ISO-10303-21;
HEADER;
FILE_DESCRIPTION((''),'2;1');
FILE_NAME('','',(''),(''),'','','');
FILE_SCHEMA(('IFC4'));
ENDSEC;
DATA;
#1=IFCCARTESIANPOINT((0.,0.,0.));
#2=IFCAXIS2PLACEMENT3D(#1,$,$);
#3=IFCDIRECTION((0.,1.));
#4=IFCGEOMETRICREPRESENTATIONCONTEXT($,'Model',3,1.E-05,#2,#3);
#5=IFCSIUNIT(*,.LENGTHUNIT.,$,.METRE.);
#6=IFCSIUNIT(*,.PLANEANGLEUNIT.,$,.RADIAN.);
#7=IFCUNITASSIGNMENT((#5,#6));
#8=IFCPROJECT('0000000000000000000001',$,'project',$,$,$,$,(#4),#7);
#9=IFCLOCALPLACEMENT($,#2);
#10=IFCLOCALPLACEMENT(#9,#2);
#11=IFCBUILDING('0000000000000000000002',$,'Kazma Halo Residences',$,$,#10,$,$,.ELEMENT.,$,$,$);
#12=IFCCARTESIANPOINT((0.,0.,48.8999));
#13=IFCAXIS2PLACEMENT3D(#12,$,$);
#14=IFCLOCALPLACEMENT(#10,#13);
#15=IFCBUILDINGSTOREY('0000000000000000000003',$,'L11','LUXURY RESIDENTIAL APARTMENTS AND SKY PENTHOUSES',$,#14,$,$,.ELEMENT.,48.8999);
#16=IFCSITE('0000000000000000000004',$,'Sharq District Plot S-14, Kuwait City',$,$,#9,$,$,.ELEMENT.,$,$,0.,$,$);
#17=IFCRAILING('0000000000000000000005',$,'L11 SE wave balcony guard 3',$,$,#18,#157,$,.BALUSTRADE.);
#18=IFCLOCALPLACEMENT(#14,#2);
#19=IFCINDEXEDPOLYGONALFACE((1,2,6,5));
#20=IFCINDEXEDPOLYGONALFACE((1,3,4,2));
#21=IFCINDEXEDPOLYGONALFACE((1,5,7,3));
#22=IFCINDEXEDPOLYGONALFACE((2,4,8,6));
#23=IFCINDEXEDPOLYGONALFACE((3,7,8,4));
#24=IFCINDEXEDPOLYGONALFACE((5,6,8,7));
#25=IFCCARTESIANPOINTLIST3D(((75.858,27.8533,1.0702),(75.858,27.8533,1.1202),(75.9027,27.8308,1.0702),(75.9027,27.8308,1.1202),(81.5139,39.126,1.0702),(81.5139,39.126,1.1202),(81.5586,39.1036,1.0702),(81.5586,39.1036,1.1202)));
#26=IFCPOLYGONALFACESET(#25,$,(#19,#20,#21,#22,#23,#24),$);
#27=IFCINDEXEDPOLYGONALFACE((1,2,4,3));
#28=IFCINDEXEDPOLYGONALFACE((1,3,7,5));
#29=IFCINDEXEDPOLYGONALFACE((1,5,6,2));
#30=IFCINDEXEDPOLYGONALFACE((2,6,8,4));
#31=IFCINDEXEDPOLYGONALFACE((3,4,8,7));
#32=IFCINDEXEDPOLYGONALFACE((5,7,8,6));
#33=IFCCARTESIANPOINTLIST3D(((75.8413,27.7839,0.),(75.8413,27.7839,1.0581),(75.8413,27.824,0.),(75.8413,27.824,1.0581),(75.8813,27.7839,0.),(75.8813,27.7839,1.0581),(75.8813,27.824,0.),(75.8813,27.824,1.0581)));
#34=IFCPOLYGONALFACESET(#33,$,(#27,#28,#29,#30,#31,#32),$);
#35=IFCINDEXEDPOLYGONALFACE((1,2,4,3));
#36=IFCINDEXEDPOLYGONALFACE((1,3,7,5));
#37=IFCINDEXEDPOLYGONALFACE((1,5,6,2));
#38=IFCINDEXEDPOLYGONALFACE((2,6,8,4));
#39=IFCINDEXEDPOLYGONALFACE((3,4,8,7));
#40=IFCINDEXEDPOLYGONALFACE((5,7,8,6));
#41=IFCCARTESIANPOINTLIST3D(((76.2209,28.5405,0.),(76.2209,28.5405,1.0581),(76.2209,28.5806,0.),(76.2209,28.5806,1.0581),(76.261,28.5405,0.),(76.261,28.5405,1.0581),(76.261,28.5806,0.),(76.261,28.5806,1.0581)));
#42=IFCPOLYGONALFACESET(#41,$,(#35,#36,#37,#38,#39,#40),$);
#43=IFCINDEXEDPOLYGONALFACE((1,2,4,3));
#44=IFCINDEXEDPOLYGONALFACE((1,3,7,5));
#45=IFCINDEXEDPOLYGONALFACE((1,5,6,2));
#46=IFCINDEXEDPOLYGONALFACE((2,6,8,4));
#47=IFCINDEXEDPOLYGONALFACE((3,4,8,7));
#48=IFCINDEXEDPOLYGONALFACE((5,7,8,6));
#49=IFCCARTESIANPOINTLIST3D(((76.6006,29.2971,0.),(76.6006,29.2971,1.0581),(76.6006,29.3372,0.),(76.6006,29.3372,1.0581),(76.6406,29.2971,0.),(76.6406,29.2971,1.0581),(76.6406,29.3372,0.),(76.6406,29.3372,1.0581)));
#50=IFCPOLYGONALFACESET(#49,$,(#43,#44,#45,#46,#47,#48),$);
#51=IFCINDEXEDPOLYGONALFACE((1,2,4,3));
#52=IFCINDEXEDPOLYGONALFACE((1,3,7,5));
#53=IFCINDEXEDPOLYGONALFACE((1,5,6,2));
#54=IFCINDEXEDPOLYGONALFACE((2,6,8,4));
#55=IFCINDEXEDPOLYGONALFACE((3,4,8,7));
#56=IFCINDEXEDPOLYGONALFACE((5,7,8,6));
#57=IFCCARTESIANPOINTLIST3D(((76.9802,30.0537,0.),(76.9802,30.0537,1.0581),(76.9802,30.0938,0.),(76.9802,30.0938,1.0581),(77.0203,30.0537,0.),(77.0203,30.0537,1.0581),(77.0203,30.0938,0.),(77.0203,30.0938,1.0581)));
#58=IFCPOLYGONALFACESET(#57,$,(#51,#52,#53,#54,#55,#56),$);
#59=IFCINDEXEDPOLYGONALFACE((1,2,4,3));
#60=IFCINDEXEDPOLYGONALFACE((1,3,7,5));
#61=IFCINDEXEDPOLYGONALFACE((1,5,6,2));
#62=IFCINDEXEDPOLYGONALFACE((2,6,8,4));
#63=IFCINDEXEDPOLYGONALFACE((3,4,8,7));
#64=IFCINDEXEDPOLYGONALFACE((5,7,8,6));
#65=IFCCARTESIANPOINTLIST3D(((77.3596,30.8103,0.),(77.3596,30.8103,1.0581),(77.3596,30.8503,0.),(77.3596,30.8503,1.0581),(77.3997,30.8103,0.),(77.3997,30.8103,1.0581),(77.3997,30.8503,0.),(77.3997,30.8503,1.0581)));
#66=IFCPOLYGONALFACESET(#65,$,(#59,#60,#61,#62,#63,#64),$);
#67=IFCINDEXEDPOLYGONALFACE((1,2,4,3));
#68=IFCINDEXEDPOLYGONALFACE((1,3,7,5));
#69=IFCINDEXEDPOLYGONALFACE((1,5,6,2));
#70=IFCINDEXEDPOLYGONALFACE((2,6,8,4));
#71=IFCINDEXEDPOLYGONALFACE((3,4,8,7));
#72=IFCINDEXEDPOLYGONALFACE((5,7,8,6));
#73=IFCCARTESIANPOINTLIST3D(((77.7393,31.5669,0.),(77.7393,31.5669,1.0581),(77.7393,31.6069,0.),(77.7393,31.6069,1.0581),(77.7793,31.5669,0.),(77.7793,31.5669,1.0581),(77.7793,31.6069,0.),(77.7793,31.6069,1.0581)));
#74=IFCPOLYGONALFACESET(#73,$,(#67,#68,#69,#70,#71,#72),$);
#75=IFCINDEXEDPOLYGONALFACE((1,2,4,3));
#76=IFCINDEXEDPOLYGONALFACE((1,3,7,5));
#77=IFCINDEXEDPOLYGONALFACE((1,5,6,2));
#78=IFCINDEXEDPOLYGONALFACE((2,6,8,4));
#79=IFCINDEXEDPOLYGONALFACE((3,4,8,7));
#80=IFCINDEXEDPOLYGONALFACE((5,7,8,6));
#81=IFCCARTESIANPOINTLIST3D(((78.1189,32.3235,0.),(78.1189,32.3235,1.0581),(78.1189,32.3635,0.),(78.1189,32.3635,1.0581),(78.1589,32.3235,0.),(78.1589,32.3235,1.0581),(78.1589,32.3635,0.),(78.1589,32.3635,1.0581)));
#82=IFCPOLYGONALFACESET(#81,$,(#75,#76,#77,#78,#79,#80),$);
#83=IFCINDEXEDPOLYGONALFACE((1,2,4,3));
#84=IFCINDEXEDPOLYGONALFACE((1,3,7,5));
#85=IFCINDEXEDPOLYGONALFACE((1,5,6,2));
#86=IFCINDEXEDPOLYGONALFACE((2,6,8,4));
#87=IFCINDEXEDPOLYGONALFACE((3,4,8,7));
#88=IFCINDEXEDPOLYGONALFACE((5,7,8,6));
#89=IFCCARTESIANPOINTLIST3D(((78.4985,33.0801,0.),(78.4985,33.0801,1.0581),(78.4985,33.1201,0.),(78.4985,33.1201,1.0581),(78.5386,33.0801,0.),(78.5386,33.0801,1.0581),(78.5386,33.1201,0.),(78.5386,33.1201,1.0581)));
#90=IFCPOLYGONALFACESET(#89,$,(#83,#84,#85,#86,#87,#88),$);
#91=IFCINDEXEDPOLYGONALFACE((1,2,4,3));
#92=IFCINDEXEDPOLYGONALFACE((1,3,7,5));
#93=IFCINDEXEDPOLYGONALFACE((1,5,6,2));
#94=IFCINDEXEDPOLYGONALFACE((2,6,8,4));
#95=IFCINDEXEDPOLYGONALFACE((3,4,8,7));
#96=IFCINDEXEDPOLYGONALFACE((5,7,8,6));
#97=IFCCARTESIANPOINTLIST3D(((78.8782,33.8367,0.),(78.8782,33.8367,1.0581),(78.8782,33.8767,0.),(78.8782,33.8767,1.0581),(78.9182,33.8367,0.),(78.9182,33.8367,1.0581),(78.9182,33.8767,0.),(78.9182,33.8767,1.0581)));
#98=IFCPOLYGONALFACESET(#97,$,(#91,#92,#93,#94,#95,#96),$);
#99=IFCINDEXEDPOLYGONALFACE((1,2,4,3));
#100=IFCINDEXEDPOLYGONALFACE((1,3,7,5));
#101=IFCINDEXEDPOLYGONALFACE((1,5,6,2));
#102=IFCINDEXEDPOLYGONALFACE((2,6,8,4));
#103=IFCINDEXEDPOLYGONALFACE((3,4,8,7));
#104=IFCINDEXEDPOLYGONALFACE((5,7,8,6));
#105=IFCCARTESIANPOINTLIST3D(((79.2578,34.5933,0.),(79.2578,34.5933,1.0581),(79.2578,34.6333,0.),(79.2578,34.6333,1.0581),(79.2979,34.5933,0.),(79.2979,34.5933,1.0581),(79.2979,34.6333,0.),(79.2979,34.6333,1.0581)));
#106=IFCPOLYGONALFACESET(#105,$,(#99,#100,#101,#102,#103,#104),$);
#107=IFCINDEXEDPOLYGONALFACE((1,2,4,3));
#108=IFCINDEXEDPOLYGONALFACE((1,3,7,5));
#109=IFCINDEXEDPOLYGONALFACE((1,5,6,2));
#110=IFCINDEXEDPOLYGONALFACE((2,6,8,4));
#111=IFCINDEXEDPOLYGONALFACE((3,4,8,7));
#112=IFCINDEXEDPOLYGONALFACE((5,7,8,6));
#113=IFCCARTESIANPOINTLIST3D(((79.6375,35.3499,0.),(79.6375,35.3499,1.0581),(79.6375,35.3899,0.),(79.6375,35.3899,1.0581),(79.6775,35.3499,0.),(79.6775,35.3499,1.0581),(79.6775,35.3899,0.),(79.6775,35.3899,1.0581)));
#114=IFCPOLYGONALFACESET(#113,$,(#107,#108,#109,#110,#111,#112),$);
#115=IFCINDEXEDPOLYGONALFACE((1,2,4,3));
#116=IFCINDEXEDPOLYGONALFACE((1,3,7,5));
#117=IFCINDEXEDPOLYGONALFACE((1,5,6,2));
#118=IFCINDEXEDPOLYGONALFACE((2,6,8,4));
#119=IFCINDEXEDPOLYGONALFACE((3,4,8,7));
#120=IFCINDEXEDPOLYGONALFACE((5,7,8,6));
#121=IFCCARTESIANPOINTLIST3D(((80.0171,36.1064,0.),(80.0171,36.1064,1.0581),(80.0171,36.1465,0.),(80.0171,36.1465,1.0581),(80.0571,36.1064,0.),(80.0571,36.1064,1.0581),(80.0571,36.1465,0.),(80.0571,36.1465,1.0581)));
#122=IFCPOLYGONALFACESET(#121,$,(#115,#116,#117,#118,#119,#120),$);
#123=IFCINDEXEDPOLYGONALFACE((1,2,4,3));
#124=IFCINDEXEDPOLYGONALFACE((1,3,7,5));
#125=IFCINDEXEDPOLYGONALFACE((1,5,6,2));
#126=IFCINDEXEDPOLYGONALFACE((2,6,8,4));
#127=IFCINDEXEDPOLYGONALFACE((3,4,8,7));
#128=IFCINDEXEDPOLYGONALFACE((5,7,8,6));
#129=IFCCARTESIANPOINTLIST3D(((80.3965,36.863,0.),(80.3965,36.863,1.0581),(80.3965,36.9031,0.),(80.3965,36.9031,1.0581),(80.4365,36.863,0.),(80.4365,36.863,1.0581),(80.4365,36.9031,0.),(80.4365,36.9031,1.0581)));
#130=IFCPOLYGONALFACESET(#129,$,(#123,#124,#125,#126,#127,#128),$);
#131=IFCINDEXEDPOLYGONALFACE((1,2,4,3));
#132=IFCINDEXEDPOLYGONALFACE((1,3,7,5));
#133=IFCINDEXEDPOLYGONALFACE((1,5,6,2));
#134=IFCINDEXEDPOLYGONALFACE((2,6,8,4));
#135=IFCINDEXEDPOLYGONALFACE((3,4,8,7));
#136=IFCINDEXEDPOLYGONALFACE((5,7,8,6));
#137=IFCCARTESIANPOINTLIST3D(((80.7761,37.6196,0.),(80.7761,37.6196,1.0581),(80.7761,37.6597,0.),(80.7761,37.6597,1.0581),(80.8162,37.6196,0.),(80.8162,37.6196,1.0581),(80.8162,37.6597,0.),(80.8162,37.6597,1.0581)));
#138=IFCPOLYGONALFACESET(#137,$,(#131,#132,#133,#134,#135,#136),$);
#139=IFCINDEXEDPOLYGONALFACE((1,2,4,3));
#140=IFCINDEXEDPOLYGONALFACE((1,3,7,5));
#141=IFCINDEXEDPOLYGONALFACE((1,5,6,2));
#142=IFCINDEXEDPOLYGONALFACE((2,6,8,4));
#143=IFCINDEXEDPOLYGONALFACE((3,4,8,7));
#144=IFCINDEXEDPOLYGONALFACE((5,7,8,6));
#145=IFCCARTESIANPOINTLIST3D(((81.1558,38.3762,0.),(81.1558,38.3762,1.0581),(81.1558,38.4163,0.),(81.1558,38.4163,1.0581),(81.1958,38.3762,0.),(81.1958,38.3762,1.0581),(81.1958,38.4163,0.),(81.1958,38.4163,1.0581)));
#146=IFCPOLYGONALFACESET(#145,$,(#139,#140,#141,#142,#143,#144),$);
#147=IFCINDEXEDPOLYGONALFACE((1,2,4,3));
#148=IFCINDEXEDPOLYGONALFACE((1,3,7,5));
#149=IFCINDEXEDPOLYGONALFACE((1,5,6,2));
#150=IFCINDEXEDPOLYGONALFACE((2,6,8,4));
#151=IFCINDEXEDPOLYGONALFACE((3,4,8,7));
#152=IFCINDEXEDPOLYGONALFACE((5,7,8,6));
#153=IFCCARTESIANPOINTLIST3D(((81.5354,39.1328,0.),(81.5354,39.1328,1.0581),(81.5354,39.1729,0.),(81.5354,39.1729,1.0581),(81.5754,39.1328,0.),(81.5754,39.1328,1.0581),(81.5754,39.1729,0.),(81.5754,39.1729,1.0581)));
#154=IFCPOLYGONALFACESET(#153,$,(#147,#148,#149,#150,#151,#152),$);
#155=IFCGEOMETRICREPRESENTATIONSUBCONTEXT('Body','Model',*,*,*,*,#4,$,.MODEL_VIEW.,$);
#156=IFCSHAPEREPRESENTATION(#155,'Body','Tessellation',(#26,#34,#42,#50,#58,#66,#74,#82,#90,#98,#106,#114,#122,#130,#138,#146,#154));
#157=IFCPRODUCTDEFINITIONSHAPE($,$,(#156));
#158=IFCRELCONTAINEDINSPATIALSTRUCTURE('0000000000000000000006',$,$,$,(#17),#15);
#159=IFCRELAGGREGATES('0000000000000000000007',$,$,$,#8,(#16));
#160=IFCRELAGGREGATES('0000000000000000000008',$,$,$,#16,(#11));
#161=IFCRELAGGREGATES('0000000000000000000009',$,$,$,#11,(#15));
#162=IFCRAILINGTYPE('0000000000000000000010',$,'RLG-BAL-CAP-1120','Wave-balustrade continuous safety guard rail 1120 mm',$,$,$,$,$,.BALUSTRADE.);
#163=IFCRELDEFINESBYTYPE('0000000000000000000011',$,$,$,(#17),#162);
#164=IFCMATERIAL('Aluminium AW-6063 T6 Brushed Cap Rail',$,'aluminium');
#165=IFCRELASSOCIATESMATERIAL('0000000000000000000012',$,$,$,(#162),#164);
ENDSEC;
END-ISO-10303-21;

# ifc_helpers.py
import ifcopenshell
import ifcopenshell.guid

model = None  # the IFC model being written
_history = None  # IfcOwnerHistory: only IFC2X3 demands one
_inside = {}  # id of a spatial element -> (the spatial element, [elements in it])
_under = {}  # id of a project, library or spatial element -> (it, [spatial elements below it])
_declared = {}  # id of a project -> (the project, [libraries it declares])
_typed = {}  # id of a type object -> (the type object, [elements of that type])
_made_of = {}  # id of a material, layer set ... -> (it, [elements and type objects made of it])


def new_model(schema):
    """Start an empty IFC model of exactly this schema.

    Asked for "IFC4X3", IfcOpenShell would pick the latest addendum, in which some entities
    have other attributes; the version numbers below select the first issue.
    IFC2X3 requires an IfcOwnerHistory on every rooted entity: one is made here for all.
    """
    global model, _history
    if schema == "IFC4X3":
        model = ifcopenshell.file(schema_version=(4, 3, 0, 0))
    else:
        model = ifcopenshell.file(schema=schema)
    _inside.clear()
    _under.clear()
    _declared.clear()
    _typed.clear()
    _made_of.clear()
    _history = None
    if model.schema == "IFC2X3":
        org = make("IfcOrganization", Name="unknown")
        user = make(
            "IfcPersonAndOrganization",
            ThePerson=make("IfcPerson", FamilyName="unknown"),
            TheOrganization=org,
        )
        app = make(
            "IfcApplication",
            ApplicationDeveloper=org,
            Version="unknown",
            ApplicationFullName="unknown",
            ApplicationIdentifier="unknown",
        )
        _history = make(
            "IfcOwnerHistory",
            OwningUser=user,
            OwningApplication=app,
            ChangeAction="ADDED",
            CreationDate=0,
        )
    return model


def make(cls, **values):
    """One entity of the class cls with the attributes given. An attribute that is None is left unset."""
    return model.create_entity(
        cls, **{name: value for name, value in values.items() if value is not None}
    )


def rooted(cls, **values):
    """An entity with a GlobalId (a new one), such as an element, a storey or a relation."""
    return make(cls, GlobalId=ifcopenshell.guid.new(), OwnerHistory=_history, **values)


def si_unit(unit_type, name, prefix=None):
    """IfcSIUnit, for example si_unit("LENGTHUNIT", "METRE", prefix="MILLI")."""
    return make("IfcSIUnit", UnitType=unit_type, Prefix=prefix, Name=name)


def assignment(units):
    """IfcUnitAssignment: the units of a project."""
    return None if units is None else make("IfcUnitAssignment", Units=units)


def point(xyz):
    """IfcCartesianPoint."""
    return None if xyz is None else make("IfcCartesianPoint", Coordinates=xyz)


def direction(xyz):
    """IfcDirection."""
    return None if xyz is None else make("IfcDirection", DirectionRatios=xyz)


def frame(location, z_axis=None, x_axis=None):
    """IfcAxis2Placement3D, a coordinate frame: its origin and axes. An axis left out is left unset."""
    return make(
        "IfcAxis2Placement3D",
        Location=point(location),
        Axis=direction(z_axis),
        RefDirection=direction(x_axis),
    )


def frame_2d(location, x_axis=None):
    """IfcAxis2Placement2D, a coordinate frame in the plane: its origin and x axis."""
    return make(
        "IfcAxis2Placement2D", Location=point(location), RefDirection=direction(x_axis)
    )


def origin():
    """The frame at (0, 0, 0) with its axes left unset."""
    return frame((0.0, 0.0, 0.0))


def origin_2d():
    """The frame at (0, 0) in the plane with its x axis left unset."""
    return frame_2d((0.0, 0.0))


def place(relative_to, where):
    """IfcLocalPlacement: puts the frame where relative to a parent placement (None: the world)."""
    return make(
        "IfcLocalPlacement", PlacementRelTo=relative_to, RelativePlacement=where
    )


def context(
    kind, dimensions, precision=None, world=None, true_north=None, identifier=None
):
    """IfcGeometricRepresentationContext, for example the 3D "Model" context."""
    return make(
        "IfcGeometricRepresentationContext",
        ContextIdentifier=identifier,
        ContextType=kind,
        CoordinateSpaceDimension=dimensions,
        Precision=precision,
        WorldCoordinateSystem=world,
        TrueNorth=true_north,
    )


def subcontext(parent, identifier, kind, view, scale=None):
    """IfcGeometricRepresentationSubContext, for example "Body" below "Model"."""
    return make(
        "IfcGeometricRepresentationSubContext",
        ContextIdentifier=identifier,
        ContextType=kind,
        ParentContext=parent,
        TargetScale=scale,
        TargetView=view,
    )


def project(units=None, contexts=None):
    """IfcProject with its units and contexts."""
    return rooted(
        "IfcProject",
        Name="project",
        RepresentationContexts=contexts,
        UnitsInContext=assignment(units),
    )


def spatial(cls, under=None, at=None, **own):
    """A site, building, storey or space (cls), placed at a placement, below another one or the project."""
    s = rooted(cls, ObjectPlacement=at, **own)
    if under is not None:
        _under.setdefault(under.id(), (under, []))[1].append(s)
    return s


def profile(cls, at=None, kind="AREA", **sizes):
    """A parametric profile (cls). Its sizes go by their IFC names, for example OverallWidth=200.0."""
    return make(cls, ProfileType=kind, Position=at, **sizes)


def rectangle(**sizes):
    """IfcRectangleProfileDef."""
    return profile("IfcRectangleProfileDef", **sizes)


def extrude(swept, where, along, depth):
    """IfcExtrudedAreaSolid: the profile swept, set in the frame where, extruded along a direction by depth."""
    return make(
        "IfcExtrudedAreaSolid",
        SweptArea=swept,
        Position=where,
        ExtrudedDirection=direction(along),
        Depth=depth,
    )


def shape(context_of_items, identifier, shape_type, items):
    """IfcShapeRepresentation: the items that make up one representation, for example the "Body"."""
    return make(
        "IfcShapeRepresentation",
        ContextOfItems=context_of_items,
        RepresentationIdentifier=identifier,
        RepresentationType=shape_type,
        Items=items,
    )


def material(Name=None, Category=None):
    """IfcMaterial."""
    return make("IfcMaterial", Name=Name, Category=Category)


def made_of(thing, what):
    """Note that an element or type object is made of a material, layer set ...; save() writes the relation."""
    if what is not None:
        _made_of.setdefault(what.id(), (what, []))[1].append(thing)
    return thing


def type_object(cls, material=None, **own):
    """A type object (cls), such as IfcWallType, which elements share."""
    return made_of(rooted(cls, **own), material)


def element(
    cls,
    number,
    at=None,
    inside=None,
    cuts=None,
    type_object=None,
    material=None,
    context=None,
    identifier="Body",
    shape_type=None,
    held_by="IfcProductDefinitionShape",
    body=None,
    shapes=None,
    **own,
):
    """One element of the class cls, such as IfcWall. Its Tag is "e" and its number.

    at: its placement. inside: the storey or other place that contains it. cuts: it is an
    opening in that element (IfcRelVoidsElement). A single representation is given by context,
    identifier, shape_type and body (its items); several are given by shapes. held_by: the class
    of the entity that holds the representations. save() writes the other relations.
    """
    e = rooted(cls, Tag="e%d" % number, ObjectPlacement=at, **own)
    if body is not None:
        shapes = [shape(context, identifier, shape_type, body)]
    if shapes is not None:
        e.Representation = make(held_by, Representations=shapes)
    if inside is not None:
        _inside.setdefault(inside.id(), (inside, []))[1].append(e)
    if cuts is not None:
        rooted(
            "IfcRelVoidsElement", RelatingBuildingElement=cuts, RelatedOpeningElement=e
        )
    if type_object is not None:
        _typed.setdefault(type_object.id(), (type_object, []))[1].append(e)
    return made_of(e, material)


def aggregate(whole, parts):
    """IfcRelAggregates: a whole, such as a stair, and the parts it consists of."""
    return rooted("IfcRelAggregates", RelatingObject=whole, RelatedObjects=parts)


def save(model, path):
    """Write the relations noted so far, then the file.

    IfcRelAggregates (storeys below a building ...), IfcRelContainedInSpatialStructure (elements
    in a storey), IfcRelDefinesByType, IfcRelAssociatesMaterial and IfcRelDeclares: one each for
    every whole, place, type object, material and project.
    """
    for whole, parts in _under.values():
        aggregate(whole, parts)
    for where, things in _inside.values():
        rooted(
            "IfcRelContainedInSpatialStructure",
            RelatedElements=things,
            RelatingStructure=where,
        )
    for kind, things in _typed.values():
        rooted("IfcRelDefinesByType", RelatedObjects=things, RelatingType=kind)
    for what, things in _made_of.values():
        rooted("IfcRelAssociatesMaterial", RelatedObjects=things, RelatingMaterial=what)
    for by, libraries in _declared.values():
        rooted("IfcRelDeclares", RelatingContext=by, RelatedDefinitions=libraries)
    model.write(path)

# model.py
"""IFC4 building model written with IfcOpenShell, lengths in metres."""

from ifc_helpers import new_model, si_unit, direction, frame, origin, origin_2d, place, context, subcontext, project, spatial, rectangle, extrude, material, type_object, element, save


model = new_model("IFC4")

# Units and contexts
model_context = context("Model", 3, precision=1e-05, world=origin(), true_north=direction((0.0, 1.0)))
body_context = subcontext(model_context, "Body", "Model", "MODEL_VIEW")
ifc_project = project(units=[si_unit("LENGTHUNIT", "METRE"), si_unit("PLANEANGLEUNIT", "RADIAN")], contexts=[model_context])

# Site, building, storey
site_placement = place(None, origin())
site = spatial("IfcSite", under=ifc_project, at=site_placement, Name="Sharq District Plot S-14, Kuwait City", CompositionType="ELEMENT", RefElevation=0.0)
building_placement = place(site_placement, origin())
building = spatial("IfcBuilding", under=site, at=building_placement, Name="Kazma Halo Residences", CompositionType="ELEMENT")
storey_placement = place(building_placement, frame((0.0, 0.0, 48.8999)))
storey = spatial("IfcBuildingStorey", under=building, at=storey_placement, Name="L11", Description="LUXURY RESIDENTIAL APARTMENTS AND SKY PENTHOUSES", CompositionType="ELEMENT", Elevation=48.8999)

# Railing
ifc_material_1 = material(Name="Aluminium AW-6063 T6 Brushed Cap Rail", Category="aluminium")
railing_type = type_object("IfcRailingType", Name="RLG-BAL-CAP-1120", Description="Wave-balustrade continuous safety guard rail 1120 mm", PredefinedType="BALUSTRADE", material=ifc_material_1)
railing_1_placement = place(storey_placement, frame((75.8613, 27.804, 0.0)))
element("IfcRailing", 1, at=railing_1_placement, inside=storey, type_object=railing_type, Name="L11 SE wave balcony guard 3", PredefinedType="BALUSTRADE", context=body_context, shape_type="SweptSolid", body=[
    extrude(rectangle(XDim=0.05, YDim=0.05, at=origin_2d()), frame((0.019, 0.0381, 1.0952), z_axis=(0.448451, 0.893807, 0.0), x_axis=(-0.893807, 0.448451, 0.0)), (0.0, 0.0, 1.0), 12.6121),
    extrude(rectangle(XDim=0.04, YDim=0.04, at=origin_2d()), origin(), (0.0, 0.0, 1.0), 1.0581),
    extrude(rectangle(XDim=0.04, YDim=0.04, at=origin_2d()), frame((0.3796, 0.7566, 0.0)), (0.0, 0.0, 1.0), 1.0581),
    extrude(rectangle(XDim=0.04, YDim=0.04, at=origin_2d()), frame((0.7593, 1.5132, 0.0)), (0.0, 0.0, 1.0), 1.0581),
    extrude(rectangle(XDim=0.04, YDim=0.04, at=origin_2d()), frame((1.1389, 2.2698, 0.0)), (0.0, 0.0, 1.0), 1.0581),
    extrude(rectangle(XDim=0.04, YDim=0.04, at=origin_2d()), frame((1.5183, 3.0264, 0.0)), (0.0, 0.0, 1.0), 1.0581),
    extrude(rectangle(XDim=0.04, YDim=0.04, at=origin_2d()), frame((1.8979, 3.783, 0.0)), (0.0, 0.0, 1.0), 1.0581),
    extrude(rectangle(XDim=0.04, YDim=0.04, at=origin_2d()), frame((2.2776, 4.5396, 0.0)), (0.0, 0.0, 1.0), 1.0581),
    extrude(rectangle(XDim=0.04, YDim=0.04, at=origin_2d()), frame((2.6572, 5.2961, 0.0)), (0.0, 0.0, 1.0), 1.0581),
    extrude(rectangle(XDim=0.04, YDim=0.04, at=origin_2d()), frame((3.0369, 6.0527, 0.0)), (0.0, 0.0, 1.0), 1.0581),
    extrude(rectangle(XDim=0.04, YDim=0.04, at=origin_2d()), frame((3.4165, 6.8093, 0.0)), (0.0, 0.0, 1.0), 1.0581),
    extrude(rectangle(XDim=0.04, YDim=0.04, at=origin_2d()), frame((3.7961, 7.5659, 0.0)), (0.0, 0.0, 1.0), 1.0581),
    extrude(rectangle(XDim=0.04, YDim=0.04, at=origin_2d()), frame((4.1758, 8.3225, 0.0)), (0.0, 0.0, 1.0), 1.0581),
    extrude(rectangle(XDim=0.04, YDim=0.04, at=origin_2d()), frame((4.5552, 9.0791, 0.0)), (0.0, 0.0, 1.0), 1.0581),
    extrude(rectangle(XDim=0.04, YDim=0.04, at=origin_2d()), frame((4.9348, 9.8357, 0.0)), (0.0, 0.0, 1.0), 1.0581),
    extrude(rectangle(XDim=0.04, YDim=0.04, at=origin_2d()), frame((5.3145, 10.5923, 0.0)), (0.0, 0.0, 1.0), 1.0581),
    extrude(rectangle(XDim=0.04, YDim=0.04, at=origin_2d()), frame((5.6941, 11.3489, 0.0)), (0.0, 0.0, 1.0), 1.0581),
])

save(model, "model.ifc")
